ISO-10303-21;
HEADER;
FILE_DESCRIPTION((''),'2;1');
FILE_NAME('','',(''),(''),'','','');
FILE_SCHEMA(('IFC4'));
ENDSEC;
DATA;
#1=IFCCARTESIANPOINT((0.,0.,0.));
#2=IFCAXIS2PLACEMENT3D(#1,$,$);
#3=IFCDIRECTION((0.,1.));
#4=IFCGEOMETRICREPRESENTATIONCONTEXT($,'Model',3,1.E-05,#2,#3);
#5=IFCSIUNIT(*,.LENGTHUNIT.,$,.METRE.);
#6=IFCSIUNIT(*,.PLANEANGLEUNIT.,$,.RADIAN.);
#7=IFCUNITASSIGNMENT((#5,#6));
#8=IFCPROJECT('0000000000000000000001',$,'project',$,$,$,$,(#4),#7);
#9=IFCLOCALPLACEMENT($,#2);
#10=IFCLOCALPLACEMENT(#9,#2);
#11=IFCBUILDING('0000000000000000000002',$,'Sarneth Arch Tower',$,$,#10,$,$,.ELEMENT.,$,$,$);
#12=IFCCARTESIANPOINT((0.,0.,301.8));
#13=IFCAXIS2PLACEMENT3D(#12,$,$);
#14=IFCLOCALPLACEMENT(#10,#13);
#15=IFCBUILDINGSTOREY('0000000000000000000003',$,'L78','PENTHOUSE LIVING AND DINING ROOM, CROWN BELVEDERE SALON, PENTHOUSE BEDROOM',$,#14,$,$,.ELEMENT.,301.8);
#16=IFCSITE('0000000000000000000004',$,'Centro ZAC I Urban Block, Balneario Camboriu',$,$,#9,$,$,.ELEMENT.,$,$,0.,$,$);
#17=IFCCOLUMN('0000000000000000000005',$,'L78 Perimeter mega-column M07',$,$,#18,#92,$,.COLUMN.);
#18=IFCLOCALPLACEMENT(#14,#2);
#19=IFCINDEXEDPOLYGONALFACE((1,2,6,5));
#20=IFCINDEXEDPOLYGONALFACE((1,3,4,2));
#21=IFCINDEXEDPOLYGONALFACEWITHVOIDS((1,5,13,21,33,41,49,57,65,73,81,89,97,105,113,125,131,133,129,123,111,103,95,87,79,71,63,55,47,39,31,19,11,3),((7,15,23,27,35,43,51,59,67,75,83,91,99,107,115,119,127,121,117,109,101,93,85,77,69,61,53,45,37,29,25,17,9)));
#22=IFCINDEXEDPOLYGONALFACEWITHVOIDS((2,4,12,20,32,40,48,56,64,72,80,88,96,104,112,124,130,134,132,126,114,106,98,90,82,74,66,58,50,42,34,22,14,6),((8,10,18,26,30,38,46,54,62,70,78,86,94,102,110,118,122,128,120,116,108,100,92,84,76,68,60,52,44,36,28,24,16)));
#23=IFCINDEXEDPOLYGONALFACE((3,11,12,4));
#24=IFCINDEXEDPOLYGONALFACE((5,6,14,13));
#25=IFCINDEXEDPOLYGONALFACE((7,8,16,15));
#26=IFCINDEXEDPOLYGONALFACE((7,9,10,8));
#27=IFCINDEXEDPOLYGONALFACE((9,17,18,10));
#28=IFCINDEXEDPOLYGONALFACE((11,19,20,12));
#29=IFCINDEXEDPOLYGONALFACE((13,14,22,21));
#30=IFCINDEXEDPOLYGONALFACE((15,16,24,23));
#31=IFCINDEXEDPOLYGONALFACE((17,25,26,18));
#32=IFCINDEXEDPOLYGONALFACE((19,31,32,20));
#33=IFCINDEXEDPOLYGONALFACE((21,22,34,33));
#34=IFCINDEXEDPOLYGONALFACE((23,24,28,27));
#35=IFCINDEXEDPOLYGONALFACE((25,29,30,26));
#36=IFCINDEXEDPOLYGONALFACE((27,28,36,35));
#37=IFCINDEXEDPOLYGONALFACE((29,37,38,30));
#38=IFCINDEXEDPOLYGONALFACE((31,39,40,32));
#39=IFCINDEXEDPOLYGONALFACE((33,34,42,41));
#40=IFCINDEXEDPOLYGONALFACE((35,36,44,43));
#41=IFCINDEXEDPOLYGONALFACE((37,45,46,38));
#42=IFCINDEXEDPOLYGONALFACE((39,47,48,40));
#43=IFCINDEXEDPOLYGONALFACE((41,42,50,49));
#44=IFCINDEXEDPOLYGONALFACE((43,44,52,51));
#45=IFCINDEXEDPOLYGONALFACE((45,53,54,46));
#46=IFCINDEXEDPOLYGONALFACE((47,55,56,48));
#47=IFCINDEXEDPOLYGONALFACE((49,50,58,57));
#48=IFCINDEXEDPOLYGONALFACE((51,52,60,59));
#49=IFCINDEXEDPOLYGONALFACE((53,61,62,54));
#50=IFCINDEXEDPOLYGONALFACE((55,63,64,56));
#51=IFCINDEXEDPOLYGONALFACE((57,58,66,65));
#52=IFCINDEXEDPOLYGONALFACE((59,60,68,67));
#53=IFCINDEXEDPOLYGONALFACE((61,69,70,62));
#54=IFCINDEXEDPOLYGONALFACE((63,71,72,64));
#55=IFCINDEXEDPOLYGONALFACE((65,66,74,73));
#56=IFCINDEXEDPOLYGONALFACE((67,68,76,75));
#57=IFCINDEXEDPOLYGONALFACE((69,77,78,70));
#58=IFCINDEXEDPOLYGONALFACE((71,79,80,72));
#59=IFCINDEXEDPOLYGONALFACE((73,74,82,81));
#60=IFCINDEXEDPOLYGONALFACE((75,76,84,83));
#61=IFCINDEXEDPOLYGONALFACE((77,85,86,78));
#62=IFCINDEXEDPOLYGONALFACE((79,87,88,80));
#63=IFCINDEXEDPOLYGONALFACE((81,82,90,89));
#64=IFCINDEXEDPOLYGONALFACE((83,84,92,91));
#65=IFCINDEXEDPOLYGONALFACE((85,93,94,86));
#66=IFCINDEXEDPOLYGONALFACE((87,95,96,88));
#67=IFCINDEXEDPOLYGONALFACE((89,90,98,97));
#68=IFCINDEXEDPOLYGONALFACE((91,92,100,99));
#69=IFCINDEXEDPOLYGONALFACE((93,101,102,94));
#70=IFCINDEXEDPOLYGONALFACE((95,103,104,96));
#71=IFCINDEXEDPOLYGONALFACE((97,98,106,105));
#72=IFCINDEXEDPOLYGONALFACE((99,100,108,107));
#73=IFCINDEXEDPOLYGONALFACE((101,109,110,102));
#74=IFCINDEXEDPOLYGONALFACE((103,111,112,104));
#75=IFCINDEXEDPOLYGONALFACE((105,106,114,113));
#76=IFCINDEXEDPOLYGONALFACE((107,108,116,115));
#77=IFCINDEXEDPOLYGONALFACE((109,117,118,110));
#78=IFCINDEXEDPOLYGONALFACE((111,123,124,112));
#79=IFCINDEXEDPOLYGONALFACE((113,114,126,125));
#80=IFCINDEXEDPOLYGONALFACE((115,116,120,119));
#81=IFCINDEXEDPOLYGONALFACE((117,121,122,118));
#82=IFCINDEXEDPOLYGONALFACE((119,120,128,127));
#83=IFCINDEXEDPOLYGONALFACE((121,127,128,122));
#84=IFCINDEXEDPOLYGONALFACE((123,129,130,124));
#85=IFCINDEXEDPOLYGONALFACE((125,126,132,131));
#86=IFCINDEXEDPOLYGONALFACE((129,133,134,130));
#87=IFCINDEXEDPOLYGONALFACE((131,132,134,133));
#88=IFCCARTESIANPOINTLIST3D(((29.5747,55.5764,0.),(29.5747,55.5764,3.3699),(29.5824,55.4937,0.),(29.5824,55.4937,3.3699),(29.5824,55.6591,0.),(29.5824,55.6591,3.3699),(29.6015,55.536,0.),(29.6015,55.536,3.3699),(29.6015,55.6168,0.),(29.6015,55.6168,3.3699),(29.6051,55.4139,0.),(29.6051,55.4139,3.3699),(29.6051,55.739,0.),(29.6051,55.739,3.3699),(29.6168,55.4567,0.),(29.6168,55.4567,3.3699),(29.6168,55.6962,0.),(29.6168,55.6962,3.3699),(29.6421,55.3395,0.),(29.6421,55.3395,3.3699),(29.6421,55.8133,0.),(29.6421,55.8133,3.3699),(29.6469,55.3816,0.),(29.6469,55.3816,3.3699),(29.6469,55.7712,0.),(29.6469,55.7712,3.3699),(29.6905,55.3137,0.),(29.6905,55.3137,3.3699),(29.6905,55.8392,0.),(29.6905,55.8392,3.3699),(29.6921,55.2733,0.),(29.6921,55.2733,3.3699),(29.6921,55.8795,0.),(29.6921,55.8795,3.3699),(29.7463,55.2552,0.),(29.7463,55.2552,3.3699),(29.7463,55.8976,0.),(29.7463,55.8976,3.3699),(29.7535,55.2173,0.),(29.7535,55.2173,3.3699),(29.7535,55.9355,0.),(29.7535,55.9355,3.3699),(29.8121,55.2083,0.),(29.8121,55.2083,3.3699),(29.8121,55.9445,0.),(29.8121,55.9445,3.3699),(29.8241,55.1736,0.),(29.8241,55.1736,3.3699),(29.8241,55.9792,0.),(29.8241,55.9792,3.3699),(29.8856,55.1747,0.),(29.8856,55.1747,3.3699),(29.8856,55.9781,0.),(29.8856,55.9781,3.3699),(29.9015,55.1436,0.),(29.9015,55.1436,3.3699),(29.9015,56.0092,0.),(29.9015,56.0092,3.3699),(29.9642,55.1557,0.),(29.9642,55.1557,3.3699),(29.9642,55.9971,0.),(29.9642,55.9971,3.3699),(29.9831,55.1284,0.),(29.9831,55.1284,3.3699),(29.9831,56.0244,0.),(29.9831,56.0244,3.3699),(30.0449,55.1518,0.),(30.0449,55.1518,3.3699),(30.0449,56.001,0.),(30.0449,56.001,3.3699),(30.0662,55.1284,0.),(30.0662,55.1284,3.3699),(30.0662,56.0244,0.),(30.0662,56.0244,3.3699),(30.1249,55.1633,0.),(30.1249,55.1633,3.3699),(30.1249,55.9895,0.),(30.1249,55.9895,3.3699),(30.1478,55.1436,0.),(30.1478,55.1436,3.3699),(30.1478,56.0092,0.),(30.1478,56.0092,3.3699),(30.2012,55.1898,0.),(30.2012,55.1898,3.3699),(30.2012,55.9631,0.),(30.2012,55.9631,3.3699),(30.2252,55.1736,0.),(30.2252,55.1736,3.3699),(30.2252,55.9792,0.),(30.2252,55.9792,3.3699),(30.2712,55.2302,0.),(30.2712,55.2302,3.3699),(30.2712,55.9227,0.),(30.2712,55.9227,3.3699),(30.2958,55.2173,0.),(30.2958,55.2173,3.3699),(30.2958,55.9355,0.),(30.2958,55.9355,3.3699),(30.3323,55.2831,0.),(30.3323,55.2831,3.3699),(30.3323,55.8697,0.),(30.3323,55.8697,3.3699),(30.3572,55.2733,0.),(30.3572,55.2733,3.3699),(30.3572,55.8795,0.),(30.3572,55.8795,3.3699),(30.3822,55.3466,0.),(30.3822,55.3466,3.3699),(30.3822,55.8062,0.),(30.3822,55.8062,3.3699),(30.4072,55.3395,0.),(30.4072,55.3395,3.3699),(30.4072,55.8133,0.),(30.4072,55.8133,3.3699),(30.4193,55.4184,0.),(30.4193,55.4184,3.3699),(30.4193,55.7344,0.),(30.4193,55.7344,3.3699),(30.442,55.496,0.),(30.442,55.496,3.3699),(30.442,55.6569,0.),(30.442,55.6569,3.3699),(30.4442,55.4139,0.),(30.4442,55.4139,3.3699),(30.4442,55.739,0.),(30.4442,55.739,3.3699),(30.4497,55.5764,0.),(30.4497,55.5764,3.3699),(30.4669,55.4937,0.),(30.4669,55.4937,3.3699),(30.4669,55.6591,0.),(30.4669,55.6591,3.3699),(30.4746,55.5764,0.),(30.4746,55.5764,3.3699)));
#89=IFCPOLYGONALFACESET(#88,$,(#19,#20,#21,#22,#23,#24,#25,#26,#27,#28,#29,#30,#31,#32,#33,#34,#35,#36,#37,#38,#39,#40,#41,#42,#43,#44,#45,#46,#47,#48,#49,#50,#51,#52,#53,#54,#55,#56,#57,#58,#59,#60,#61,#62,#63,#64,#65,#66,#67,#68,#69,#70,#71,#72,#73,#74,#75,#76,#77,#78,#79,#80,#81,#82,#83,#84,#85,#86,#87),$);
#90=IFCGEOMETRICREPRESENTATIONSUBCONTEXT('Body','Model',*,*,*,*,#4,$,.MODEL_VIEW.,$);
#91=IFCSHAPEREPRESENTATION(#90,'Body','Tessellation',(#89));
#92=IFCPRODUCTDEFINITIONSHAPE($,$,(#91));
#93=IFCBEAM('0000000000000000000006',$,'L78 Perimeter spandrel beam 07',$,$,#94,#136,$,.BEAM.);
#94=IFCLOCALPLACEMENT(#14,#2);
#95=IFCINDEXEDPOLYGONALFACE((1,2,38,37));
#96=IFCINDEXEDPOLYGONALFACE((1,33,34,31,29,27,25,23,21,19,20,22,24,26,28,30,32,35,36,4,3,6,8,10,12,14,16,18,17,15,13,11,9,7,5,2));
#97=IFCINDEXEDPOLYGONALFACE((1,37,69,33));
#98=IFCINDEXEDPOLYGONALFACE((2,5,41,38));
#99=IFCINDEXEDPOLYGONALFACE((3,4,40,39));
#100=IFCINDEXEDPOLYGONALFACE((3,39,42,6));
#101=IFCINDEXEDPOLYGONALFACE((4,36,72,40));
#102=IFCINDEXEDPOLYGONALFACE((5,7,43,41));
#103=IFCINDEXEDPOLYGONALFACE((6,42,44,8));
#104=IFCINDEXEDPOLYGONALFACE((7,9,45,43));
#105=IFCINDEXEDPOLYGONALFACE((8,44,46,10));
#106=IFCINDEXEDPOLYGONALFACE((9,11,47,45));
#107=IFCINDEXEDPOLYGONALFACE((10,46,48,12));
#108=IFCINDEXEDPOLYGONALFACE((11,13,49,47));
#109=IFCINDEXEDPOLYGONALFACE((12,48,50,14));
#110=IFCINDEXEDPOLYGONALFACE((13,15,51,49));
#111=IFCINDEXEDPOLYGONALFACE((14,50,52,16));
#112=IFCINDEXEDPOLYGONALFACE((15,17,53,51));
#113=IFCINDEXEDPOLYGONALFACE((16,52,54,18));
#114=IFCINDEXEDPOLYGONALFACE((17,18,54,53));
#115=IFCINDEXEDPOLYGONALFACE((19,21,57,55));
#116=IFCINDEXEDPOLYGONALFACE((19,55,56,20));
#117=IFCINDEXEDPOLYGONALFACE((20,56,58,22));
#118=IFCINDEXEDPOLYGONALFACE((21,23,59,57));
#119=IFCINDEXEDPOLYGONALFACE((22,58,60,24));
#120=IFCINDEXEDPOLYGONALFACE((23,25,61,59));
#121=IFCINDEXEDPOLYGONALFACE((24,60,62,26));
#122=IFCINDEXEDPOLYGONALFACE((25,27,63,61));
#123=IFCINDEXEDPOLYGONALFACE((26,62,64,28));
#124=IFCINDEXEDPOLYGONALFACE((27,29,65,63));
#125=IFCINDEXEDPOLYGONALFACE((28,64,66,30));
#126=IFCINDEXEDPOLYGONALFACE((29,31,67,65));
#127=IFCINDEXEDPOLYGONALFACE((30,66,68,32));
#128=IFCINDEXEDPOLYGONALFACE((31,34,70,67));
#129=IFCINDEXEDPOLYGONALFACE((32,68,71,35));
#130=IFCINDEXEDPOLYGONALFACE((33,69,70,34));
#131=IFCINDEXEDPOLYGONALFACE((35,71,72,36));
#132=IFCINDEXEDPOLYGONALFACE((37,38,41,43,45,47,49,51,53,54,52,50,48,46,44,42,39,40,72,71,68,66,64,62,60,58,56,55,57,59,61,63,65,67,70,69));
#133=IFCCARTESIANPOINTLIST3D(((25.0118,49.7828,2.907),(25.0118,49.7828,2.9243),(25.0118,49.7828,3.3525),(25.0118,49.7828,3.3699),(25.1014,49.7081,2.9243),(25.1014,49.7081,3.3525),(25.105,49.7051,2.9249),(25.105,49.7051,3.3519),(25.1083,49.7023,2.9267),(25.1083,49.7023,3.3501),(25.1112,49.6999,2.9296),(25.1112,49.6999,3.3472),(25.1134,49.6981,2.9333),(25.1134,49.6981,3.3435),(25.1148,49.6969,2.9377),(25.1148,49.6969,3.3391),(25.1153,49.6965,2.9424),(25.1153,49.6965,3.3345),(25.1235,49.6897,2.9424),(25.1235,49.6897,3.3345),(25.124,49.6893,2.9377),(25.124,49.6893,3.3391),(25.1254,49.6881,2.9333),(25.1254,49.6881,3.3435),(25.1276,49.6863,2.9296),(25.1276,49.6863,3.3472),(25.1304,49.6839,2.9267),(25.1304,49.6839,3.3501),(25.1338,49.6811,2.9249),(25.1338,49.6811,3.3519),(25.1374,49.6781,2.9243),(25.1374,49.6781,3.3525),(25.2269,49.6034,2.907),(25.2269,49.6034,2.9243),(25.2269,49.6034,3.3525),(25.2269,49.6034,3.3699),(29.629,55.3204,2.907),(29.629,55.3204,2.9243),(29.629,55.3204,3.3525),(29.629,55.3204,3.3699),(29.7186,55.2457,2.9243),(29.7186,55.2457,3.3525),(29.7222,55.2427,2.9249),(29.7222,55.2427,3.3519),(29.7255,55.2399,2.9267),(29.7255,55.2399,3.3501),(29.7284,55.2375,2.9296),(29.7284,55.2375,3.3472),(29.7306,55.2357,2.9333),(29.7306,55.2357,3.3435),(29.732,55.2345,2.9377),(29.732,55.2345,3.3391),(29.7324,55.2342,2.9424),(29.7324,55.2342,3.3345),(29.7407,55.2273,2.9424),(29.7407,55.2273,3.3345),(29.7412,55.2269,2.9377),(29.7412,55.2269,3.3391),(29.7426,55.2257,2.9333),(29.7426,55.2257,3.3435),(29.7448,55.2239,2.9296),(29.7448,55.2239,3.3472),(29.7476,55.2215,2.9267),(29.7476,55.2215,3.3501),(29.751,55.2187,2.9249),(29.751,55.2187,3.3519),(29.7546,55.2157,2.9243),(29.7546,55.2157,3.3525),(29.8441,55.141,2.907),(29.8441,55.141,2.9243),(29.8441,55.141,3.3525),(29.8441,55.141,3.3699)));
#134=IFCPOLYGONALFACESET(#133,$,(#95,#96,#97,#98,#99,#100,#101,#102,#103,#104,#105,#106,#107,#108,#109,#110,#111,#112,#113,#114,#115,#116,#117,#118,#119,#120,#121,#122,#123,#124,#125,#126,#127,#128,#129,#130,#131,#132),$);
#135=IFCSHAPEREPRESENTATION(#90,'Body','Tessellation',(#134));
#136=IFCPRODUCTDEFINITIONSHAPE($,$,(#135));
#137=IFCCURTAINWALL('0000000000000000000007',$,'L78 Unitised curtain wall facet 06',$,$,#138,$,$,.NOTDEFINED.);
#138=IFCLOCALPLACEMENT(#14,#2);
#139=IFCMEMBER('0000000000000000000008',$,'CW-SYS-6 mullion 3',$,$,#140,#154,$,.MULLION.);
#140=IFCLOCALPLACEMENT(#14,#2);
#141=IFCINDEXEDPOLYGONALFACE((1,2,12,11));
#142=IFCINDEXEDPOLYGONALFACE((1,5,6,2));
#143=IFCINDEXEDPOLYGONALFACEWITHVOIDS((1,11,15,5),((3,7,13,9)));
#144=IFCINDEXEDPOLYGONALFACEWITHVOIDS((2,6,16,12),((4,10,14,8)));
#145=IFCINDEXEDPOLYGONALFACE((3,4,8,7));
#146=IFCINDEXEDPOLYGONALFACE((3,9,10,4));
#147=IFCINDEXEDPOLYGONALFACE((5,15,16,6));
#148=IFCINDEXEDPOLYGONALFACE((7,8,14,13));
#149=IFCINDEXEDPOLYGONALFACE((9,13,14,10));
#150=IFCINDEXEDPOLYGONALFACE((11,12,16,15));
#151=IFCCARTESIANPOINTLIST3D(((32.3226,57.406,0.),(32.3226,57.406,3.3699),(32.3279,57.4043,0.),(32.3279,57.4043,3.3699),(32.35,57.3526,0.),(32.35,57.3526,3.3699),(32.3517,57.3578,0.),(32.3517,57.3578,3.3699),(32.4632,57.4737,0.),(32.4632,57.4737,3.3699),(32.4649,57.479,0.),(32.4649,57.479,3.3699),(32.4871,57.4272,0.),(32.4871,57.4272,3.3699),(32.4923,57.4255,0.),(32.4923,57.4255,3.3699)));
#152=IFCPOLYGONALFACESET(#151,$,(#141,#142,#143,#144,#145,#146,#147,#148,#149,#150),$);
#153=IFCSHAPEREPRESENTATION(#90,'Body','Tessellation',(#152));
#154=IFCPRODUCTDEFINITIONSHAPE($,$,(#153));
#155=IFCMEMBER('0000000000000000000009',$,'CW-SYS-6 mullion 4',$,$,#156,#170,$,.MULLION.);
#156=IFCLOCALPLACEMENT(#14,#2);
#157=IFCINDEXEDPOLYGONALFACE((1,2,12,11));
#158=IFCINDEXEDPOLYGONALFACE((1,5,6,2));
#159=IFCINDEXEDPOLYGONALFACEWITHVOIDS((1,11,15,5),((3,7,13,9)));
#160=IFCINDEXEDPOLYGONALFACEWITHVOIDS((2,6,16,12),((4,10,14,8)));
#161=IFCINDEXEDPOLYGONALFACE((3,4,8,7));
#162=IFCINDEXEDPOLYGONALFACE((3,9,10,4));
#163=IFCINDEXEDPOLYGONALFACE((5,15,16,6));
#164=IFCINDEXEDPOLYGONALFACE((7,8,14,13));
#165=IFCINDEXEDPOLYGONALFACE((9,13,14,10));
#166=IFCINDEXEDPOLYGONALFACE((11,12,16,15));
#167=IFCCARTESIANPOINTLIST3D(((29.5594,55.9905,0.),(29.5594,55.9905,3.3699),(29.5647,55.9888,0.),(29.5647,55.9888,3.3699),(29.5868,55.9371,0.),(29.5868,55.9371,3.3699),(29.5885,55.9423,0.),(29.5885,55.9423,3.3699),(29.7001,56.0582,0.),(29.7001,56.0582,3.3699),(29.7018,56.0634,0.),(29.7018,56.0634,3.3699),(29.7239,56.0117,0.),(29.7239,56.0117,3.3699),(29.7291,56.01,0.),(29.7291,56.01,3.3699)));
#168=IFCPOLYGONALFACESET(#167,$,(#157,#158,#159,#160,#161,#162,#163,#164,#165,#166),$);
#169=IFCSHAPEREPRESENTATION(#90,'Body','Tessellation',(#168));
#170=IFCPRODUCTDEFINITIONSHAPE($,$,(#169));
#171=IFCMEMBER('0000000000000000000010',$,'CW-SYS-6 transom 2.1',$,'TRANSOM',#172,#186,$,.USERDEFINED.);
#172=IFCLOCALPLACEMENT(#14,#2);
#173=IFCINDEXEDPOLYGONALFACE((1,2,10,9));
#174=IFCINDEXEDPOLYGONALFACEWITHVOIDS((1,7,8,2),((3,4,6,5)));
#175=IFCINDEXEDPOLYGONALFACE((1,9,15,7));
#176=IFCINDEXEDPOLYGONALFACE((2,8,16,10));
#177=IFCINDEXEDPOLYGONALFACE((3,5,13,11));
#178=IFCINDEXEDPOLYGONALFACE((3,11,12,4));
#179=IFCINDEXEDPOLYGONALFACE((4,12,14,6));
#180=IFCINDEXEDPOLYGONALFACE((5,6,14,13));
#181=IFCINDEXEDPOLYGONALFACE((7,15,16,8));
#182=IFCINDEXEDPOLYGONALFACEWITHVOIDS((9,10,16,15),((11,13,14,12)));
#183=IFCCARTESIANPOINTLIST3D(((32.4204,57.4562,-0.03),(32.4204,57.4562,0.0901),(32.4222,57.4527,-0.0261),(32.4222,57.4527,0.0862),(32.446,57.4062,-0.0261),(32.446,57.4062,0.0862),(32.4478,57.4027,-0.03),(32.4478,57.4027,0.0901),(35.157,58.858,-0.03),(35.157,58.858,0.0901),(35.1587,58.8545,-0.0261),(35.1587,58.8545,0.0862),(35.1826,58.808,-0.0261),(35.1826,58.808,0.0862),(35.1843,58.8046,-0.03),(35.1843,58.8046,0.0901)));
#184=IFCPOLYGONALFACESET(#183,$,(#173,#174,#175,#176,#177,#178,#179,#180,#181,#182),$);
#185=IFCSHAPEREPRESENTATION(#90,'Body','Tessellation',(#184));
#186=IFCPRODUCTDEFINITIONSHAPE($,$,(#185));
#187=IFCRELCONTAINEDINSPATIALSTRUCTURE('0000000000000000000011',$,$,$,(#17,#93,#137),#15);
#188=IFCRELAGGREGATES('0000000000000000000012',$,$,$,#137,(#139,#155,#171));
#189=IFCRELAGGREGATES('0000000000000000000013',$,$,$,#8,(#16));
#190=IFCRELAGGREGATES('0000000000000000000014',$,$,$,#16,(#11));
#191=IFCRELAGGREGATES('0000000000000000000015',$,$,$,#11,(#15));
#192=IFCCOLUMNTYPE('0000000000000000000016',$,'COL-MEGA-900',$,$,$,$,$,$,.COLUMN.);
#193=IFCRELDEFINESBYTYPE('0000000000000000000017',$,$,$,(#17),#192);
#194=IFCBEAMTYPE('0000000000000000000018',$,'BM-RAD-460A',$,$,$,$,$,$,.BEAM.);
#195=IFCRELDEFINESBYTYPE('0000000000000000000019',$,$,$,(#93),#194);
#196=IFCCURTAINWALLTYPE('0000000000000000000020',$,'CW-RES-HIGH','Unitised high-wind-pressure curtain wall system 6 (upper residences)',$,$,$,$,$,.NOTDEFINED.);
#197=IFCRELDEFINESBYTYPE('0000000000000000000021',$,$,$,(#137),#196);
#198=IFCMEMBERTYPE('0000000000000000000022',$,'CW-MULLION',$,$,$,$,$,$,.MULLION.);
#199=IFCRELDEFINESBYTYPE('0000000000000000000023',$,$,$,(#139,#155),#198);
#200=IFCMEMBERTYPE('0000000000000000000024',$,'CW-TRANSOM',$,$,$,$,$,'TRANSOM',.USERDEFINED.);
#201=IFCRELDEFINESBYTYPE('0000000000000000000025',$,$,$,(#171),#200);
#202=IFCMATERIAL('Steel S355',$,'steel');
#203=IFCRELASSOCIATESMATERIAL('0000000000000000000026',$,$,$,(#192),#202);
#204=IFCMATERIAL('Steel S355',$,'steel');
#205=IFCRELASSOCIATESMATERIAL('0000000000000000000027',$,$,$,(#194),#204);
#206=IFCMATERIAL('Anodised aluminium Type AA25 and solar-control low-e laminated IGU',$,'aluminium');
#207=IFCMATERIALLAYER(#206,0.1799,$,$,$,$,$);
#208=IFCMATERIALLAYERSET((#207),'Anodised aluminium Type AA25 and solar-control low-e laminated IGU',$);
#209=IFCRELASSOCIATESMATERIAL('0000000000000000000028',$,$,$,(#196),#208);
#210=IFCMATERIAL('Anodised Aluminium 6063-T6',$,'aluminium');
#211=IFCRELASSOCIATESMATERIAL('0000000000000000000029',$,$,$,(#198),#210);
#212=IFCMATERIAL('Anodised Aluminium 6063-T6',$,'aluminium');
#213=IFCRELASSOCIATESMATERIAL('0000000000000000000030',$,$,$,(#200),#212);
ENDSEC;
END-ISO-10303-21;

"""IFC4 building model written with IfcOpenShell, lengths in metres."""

from ifc_helpers import new_model, si_unit, direction, frame, origin, origin_2d, place, context, subcontext, project, spatial, hollow_rectangle, hollow_circle, i_section, extrude, material, layer, layer_set, material_profile, profile_set, type_object, element, aggregate, save


model = new_model("IFC4")

# Units and contexts
model_context = context("Model", 3, precision=1e-05, world=origin(), true_north=direction((0.0, 1.0)))
body_context = subcontext(model_context, "Body", "Model", "MODEL_VIEW")
ifc_project = project(units=[si_unit("LENGTHUNIT", "METRE"), si_unit("PLANEANGLEUNIT", "RADIAN")], contexts=[model_context])

# Site, building, storey
site_placement = place(None, origin())
site = spatial("IfcSite", under=ifc_project, at=site_placement, Name="Centro ZAC I Urban Block, Balneario Camboriu", CompositionType="ELEMENT", RefElevation=0.0)
building_placement = place(site_placement, origin())
building = spatial("IfcBuilding", under=site, at=building_placement, Name="Sarneth Arch Tower", CompositionType="ELEMENT")
storey_placement = place(building_placement, frame((0.0, 0.0, 301.8)))
storey = spatial("IfcBuildingStorey", under=building, at=storey_placement, Name="L78", Description="PENTHOUSE LIVING AND DINING ROOM, CROWN BELVEDERE SALON, PENTHOUSE BEDROOM", CompositionType="ELEMENT", Elevation=301.8)

# Column
ifc_material_1 = material(Name="Steel S355", Category="steel")
ifc_material_profile_1 = material_profile(ifc_material_1, hollow_circle(Radius=0.45, WallThickness=0.0249, at=origin_2d()), Name="CHS900x25")
ifc_profile_set_1 = profile_set([ifc_material_profile_1], Name="Steel S355")
column_type = type_object("IfcColumnType", Name="COL-MEGA-900", PredefinedType="COLUMN", material=ifc_profile_set_1)
column_placement = place(storey_placement, frame((30.0247, 55.5764, 0.0), z_axis=(0.0, 0.0, 1.0), x_axis=(1.0, 0.0, 0.0)))
element("IfcColumn", 1, at=column_placement, inside=storey, type_object=column_type, Name="L78 Perimeter mega-column M07", PredefinedType="COLUMN", context=body_context, shape_type="SweptSolid", body=[
    extrude(hollow_circle(Radius=0.45, WallThickness=0.0249, at=origin_2d()), origin(), (0.0, 0.0, 1.0), 3.3699),
])

# Beam
ifc_material_2 = material(Name="Steel S355", Category="steel")
ifc_material_profile_2 = material_profile(ifc_material_2, i_section(OverallWidth=0.28, OverallDepth=0.4629, WebThickness=0.0107, FlangeThickness=0.0173, FilletRadius=0.0181, at=origin_2d()), Name="W460x113")
ifc_profile_set_2 = profile_set([ifc_material_profile_2], Name="Steel S355")
beam_type = type_object("IfcBeamType", Name="BM-RAD-460A", PredefinedType="BEAM", material=ifc_profile_set_2)
beam_placement = place(storey_placement, frame((29.7366, 55.2307, 3.1384), z_axis=(-0.640391, -0.768049, 0.0), x_axis=(0.768049, -0.640391, 0.0)))
element("IfcBeam", 2, at=beam_placement, inside=storey, type_object=beam_type, Name="L78 Perimeter spandrel beam 07", PredefinedType="BEAM", context=body_context, shape_type="SweptSolid", body=[
    extrude(i_section(OverallWidth=0.28, OverallDepth=0.4629, WebThickness=0.0107, FlangeThickness=0.0173, FilletRadius=0.0181, at=origin_2d()), origin(), (0.0, 0.0, 1.0), 7.21),
])

# Curtain wall, members
ifc_material_3 = material(Name="Anodised aluminium Type AA25 and solar-control low-e laminated IGU", Category="aluminium")
ifc_layer_1 = layer(ifc_material_3, 0.1799)
ifc_layer_set_1 = layer_set([ifc_layer_1], Name="Anodised aluminium Type AA25 and solar-control low-e laminated IGU")
curtain_wall_type = type_object("IfcCurtainWallType", Name="CW-RES-HIGH", Description="Unitised high-wind-pressure curtain wall system 6 (upper residences)", PredefinedType="NOTDEFINED", material=ifc_layer_set_1)
curtain_wall_placement = place(storey_placement, origin())
curtain_wall = element("IfcCurtainWall", 3, at=curtain_wall_placement, inside=storey, type_object=curtain_wall_type, Name="L78 Unitised curtain wall facet 06", PredefinedType="NOTDEFINED")
ifc_material_4 = material(Name="Anodised Aluminium 6063-T6", Category="aluminium")
ifc_material_profile_3 = material_profile(ifc_material_4, hollow_rectangle(XDim=0.0601, YDim=0.1599, WallThickness=0.0039, at=origin_2d()), Name="AL-MULL-160x60x4")
ifc_profile_set_3 = profile_set([ifc_material_profile_3], Name="Anodised Aluminium 6063-T6")
member_type_1 = type_object("IfcMemberType", Name="CW-MULLION", PredefinedType="MULLION", material=ifc_profile_set_3)
member_1_placement = place(storey_placement, frame((32.4075, 57.4158, 0.0), z_axis=(0.0, 0.0, 1.0), x_axis=(0.455942, -0.89001, 0.0)))
member_1 = element("IfcMember", 4, at=member_1_placement, type_object=member_type_1, Name="CW-SYS-6 mullion 3", PredefinedType="MULLION", context=body_context, shape_type="SweptSolid", body=[
    extrude(hollow_rectangle(XDim=0.0601, YDim=0.1599, WallThickness=0.0039, at=origin_2d()), origin(), (0.0, 0.0, 1.0), 3.3699),
])
member_2_placement = place(storey_placement, frame((29.6443, 56.0002, 0.0), z_axis=(0.0, 0.0, 1.0), x_axis=(0.455942, -0.89001, 0.0)))
member_2 = element("IfcMember", 5, at=member_2_placement, type_object=member_type_1, Name="CW-SYS-6 mullion 4", PredefinedType="MULLION", context=body_context, shape_type="SweptSolid", body=[
    extrude(hollow_rectangle(XDim=0.0601, YDim=0.1599, WallThickness=0.0039, at=origin_2d()), origin(), (0.0, 0.0, 1.0), 3.3699),
])
ifc_material_5 = material(Name="Anodised Aluminium 6063-T6", Category="aluminium")
ifc_material_profile_4 = material_profile(ifc_material_5, hollow_rectangle(XDim=0.0601, YDim=0.1201, WallThickness=0.0039, at=origin_2d()), Name="AL-TRAN-120x60x4")
ifc_profile_set_4 = profile_set([ifc_material_profile_4], Name="Anodised Aluminium 6063-T6")
member_type_2 = type_object("IfcMemberType", Name="CW-TRANSOM", ElementType="TRANSOM", PredefinedType="USERDEFINED", material=ifc_profile_set_4)
member_3_placement = place(storey_placement, frame((35.1707, 58.8313, 0.03), z_axis=(-0.890017, -0.455926, 0.0), x_axis=(0.455926, -0.890017, 0.0)))
member_3 = element("IfcMember", 6, at=member_3_placement, type_object=member_type_2, Name="CW-SYS-6 transom 2.1", ObjectType="TRANSOM", PredefinedType="USERDEFINED", context=body_context, shape_type="SweptSolid", body=[
    extrude(hollow_rectangle(XDim=0.0601, YDim=0.1201, WallThickness=0.0039, at=origin_2d()), origin(), (0.0, 0.0, 1.0), 3.0747),
])

aggregate(curtain_wall, [member_1, member_2, member_3])

save(model, "model.ifc")
